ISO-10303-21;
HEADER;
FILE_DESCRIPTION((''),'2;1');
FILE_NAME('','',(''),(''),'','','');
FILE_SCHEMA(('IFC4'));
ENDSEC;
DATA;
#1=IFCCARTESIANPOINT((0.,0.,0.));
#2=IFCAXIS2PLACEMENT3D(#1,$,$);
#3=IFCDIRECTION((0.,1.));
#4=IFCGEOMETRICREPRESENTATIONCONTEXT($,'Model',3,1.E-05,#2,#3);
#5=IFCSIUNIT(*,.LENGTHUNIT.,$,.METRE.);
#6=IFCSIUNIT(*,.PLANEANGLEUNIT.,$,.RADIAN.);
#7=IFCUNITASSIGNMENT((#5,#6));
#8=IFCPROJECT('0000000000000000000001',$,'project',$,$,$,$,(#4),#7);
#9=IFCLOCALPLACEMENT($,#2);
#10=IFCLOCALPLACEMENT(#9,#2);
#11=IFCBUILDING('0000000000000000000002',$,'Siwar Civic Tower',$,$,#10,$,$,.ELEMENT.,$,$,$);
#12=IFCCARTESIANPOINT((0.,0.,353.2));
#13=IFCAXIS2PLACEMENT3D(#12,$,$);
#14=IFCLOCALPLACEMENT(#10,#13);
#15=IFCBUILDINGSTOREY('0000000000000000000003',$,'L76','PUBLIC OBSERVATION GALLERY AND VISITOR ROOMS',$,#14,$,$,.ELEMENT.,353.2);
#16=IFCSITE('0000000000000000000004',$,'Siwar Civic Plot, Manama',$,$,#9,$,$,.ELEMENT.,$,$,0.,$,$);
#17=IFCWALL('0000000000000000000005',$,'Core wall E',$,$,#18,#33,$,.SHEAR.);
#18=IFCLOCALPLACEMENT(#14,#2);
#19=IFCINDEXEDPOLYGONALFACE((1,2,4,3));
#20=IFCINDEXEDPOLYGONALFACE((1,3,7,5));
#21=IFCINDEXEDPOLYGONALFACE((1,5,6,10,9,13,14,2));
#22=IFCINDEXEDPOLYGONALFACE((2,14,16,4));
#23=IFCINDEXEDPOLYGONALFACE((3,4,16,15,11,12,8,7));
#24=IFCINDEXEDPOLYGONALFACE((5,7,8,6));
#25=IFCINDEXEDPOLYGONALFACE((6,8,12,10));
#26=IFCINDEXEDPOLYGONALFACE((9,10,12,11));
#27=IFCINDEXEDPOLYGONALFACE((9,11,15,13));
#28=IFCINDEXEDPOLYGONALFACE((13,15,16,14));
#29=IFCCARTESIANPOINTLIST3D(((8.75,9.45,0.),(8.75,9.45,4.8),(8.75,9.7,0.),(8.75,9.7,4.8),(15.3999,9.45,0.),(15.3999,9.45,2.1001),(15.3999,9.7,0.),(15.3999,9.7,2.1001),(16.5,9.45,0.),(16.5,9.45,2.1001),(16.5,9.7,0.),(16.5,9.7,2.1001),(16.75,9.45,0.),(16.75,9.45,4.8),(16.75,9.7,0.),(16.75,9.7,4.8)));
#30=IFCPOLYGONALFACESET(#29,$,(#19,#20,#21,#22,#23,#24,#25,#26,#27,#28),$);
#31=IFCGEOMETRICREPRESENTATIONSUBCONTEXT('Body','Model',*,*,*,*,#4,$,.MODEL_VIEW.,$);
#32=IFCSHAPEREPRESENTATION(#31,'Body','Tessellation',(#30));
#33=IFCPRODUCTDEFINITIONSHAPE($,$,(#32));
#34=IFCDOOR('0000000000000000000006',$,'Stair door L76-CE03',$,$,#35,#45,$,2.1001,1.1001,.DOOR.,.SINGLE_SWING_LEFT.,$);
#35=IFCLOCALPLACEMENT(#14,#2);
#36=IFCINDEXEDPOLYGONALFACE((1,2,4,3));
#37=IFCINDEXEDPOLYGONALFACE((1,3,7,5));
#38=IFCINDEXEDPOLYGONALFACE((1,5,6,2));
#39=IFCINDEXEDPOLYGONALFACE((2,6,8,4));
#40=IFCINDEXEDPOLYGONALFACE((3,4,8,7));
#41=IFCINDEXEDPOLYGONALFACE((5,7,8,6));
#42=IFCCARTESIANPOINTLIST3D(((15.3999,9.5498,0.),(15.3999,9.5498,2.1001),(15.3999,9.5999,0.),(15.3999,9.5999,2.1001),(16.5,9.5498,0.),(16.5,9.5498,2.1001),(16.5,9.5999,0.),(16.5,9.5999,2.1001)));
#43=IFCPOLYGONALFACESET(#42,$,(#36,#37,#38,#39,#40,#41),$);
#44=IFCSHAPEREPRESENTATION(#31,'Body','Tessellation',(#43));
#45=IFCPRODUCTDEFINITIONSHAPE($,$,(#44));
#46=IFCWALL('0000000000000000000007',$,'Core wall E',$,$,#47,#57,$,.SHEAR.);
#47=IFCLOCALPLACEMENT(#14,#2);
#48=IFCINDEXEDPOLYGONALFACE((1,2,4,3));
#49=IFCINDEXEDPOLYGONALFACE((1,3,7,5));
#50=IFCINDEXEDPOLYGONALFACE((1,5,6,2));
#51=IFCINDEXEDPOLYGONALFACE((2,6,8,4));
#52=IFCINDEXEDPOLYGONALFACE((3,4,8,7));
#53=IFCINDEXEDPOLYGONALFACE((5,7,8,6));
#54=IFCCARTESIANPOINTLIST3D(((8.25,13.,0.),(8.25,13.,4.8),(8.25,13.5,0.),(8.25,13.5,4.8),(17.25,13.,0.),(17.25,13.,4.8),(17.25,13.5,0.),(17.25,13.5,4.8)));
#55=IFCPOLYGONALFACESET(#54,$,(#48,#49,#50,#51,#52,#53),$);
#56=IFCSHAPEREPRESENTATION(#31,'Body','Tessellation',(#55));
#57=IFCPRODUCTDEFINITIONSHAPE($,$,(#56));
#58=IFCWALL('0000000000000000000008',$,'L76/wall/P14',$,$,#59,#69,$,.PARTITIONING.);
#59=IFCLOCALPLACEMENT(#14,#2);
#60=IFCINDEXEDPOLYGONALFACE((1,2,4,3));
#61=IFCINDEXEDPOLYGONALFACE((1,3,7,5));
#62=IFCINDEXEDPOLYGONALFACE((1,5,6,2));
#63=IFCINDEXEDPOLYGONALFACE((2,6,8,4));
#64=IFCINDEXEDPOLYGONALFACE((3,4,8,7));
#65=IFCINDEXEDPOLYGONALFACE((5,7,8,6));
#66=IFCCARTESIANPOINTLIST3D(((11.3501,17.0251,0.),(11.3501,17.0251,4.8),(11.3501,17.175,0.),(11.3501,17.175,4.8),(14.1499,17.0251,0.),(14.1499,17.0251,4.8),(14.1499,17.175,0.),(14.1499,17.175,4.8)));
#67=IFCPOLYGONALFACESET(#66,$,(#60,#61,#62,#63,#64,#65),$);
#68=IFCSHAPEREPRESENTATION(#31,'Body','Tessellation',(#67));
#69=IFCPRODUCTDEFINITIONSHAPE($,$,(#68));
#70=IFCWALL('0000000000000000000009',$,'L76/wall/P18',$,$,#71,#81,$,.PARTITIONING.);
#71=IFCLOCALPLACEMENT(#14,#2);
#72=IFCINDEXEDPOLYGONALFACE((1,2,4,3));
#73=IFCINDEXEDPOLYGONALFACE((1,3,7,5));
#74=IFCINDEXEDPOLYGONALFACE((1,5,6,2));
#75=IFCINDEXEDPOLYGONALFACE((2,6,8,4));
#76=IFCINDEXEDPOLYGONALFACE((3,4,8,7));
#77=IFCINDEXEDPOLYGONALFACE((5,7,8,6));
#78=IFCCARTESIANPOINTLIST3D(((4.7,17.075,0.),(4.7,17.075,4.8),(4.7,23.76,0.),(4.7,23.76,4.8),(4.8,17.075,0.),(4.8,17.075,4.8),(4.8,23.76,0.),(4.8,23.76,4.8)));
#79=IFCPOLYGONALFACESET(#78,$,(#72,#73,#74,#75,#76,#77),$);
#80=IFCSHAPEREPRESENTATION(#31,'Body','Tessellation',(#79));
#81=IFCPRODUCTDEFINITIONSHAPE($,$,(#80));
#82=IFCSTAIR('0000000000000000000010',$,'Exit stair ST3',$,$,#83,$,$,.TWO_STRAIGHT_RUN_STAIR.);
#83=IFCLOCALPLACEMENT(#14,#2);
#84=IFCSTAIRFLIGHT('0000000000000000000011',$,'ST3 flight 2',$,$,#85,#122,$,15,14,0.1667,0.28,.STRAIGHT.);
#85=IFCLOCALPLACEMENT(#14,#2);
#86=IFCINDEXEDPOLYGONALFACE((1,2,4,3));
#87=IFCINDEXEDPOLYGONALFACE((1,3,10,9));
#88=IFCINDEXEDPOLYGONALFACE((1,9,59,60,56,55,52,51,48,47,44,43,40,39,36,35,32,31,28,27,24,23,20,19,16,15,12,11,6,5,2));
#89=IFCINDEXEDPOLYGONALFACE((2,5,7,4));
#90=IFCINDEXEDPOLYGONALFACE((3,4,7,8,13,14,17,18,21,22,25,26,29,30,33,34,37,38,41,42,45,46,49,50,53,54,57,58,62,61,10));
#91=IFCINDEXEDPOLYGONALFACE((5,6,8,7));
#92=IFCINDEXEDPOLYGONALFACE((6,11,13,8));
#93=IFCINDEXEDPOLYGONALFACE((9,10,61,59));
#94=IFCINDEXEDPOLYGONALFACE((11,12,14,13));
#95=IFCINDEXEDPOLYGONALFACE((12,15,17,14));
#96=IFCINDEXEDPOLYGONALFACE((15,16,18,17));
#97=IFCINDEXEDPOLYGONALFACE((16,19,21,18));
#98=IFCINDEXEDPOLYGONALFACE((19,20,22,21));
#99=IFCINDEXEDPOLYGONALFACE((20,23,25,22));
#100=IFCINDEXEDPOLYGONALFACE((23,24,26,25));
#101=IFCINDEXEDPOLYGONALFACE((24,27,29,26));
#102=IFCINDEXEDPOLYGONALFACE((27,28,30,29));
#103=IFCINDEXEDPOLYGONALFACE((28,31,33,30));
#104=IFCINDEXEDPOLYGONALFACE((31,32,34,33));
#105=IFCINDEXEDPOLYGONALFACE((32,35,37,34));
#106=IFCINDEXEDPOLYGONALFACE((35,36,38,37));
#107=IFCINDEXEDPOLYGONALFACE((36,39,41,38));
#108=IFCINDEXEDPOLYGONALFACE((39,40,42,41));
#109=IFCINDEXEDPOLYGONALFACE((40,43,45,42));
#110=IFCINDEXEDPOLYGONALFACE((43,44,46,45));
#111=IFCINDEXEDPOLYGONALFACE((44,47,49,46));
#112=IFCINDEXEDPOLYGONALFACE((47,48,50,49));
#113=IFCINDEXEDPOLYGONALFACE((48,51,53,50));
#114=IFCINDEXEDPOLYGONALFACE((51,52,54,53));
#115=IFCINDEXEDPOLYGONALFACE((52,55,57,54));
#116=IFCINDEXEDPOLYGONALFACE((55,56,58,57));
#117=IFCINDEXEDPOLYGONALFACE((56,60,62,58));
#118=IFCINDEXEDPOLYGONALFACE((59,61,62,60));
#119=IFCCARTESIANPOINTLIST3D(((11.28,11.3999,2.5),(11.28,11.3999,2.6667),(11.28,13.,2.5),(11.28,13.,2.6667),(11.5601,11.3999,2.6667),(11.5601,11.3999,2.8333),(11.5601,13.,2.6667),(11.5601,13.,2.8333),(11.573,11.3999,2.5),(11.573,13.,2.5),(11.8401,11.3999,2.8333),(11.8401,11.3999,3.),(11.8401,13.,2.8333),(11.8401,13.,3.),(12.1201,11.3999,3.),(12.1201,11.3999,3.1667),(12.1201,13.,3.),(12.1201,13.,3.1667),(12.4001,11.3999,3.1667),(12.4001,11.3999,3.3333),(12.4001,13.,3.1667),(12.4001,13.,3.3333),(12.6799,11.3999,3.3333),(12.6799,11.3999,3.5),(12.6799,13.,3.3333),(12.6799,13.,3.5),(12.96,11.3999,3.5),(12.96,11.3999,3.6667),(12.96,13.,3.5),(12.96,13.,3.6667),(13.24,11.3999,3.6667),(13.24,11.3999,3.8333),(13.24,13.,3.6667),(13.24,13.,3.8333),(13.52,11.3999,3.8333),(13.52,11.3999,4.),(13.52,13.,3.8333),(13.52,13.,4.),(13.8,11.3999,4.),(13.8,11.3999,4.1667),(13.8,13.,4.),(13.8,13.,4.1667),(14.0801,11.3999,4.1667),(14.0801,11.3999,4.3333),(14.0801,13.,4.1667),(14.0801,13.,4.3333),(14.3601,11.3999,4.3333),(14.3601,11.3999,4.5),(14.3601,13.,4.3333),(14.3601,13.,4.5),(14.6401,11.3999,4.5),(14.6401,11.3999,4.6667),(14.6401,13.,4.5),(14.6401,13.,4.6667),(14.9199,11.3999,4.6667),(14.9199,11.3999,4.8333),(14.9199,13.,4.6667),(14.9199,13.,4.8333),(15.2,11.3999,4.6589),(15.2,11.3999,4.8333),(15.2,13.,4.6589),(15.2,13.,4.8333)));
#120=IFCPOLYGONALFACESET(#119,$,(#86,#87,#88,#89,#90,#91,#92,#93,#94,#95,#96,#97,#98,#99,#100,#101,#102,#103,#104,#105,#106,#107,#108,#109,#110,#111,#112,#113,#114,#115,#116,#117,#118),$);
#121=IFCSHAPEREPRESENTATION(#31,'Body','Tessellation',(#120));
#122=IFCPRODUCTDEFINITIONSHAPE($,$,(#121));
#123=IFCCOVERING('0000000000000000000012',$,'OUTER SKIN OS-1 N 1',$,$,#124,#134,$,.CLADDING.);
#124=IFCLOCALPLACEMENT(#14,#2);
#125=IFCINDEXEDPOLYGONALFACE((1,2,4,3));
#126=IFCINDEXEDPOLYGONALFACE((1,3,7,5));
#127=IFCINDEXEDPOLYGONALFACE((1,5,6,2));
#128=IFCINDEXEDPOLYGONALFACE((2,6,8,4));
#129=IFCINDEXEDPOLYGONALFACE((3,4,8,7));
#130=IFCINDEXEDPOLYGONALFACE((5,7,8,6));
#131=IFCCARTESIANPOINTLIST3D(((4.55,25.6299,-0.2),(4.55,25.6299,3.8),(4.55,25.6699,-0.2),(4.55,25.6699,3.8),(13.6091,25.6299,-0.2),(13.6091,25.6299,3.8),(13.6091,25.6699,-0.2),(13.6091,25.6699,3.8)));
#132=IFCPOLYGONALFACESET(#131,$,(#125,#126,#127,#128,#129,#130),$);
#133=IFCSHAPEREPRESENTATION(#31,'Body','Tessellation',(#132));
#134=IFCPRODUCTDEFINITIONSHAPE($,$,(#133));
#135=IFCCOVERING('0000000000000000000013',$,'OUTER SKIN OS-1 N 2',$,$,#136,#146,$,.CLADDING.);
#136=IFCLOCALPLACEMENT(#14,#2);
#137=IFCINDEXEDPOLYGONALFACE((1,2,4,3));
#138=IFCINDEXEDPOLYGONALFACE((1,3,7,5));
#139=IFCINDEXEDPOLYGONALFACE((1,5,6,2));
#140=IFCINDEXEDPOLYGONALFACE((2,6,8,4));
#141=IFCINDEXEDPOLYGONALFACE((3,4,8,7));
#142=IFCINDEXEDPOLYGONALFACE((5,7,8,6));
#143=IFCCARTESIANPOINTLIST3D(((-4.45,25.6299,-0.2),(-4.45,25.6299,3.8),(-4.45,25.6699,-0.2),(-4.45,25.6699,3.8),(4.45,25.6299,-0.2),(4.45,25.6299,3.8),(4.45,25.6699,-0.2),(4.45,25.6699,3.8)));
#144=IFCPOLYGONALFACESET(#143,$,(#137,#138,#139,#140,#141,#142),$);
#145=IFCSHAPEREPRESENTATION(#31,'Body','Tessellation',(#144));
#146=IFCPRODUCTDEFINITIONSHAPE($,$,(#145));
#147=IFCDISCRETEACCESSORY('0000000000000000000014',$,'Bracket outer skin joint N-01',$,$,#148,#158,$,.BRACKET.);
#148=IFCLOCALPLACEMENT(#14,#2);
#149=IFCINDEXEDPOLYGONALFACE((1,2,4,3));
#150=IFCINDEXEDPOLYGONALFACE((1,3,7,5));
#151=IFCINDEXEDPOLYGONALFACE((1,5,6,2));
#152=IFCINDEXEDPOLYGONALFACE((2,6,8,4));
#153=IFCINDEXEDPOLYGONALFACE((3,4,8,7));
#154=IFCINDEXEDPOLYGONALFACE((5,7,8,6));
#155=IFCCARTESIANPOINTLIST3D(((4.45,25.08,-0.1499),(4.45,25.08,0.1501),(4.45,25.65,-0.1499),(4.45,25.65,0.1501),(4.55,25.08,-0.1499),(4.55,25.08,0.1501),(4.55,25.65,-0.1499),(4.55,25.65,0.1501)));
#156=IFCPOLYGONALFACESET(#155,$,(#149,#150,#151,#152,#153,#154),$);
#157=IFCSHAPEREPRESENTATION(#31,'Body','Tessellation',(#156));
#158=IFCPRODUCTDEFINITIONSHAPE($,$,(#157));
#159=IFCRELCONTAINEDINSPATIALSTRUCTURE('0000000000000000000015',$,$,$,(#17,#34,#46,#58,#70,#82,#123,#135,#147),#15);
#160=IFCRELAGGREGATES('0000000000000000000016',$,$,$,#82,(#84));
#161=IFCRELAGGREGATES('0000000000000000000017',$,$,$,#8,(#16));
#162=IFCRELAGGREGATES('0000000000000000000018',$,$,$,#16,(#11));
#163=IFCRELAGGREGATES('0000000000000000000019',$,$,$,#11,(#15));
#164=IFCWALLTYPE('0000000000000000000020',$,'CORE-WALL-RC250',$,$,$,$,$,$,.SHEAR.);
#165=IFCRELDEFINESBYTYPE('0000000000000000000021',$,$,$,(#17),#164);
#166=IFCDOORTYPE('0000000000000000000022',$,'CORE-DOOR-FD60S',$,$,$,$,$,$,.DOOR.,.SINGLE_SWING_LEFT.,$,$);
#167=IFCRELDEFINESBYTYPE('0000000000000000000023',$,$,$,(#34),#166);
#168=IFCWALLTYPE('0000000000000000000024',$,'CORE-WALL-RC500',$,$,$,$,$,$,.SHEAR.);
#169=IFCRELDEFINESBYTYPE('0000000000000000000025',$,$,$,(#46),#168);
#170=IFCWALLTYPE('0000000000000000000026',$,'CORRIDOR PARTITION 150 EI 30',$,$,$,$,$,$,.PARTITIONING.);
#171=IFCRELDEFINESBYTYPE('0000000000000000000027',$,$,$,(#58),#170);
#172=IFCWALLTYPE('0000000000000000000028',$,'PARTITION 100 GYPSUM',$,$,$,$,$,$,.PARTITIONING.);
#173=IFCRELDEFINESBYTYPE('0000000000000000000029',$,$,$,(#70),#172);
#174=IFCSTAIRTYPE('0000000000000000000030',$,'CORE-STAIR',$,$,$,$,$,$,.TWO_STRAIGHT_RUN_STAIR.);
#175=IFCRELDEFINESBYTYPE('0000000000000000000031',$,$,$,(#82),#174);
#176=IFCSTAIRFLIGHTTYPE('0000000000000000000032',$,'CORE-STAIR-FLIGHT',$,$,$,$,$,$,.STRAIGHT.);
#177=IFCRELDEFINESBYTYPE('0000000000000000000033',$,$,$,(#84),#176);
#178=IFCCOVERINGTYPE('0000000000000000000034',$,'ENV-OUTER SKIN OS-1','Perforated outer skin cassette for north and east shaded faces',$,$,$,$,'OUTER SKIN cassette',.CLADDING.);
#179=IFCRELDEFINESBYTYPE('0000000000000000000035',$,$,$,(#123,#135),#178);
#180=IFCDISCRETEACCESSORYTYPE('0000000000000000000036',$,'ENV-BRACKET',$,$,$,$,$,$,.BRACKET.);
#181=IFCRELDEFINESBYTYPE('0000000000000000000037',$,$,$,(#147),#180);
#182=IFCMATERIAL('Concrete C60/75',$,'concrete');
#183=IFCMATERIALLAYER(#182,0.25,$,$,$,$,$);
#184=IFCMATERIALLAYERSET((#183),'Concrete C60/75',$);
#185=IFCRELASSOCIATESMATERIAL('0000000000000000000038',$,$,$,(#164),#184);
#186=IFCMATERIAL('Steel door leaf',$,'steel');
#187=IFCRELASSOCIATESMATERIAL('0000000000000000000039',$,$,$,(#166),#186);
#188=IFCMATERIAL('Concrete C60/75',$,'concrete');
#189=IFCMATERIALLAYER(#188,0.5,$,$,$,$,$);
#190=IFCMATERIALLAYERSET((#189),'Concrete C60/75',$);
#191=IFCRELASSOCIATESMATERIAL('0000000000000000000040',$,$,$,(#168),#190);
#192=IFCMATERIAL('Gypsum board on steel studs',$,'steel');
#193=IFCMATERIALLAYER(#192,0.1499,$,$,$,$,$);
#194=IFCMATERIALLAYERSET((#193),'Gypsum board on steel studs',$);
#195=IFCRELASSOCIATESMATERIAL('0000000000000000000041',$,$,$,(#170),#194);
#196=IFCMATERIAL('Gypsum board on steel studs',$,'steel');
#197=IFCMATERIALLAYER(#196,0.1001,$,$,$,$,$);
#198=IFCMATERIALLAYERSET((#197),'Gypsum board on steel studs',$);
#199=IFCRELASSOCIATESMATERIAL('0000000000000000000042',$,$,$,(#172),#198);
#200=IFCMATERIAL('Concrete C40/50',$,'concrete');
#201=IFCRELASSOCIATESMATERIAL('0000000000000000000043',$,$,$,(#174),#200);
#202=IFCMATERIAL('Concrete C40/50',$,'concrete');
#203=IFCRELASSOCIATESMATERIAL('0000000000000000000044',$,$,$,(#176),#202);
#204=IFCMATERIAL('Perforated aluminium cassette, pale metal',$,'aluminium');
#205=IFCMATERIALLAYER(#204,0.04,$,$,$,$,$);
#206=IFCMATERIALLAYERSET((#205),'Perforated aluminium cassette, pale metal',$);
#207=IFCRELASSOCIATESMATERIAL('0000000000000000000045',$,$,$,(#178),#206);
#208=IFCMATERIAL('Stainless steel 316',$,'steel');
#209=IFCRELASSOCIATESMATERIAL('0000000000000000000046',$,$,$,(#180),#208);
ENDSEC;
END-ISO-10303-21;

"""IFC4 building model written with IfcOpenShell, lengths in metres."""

from ifc_helpers import new_model, si_unit, direction, frame, frame_2d, origin, origin_2d, place, context, subcontext, project, spatial, polyline, rectangle, outline, extrude, material, layer, layer_set, type_object, element, fill, aggregate, save


model = new_model("IFC4")

# Units and contexts
model_context = context("Model", 3, precision=1e-05, world=origin(), true_north=direction((0.0, 1.0)))
body_context = subcontext(model_context, "Body", "Model", "MODEL_VIEW")
ifc_project = project(units=[si_unit("LENGTHUNIT", "METRE"), si_unit("PLANEANGLEUNIT", "RADIAN")], contexts=[model_context])

# Site, building, storey
site_placement = place(None, origin())
site = spatial("IfcSite", under=ifc_project, at=site_placement, Name="Siwar Civic Plot, Manama", CompositionType="ELEMENT", RefElevation=0.0)
building_placement = place(site_placement, origin())
building = spatial("IfcBuilding", under=site, at=building_placement, Name="Siwar Civic Tower", CompositionType="ELEMENT")
storey_placement = place(building_placement, frame((0.0, 0.0, 353.2)))
storey = spatial("IfcBuildingStorey", under=building, at=storey_placement, Name="L76", Description="PUBLIC OBSERVATION GALLERY AND VISITOR ROOMS", CompositionType="ELEMENT", Elevation=353.2)

# Wall, opening, door
ifc_material_1 = material(Name="Concrete C60/75", Category="concrete")
ifc_layer_1 = layer(ifc_material_1, 0.25)
ifc_layer_set_1 = layer_set([ifc_layer_1], Name="Concrete C60/75")
wall_type_1 = type_object("IfcWallType", Name="CORE-WALL-RC250", PredefinedType="SHEAR", material=ifc_layer_set_1)
wall_1_placement = place(storey_placement, frame((8.75, 9.575, 0.0), z_axis=(0.0, 0.0, 1.0), x_axis=(1.0, 0.0, 0.0)))
wall_1 = element("IfcWall", 1, at=wall_1_placement, inside=storey, type_object=wall_type_1, Name="Core wall E", PredefinedType="SHEAR", context=body_context, shape_type="SweptSolid", body=[
    extrude(rectangle(XDim=8.0, YDim=0.25, at=frame_2d((4.0, 0.0))), origin(), (0.0, 0.0, 1.0), 4.8),
])
opening_1_placement = place(wall_1_placement, frame((6.6499, 0.0, 0.0)))
opening_1 = element("IfcOpeningElement", 2, at=opening_1_placement, cuts=wall_1, PredefinedType="OPENING", context=body_context, shape_type="SweptSolid", body=[
    extrude(rectangle(XDim=1.1001, YDim=2.1001, at=frame_2d((0.55, 1.05))), frame((0.0, 0.135, 0.0), z_axis=(0.0, -1.0, 0.0), x_axis=(1.0, 0.0, 0.0)), (0.0, 0.0, 1.0), 0.27),
])
ifc_material_2 = material(Name="Steel door leaf", Category="steel")
door_type_1 = type_object("IfcDoorType", Name="CORE-DOOR-FD60S", OperationType="SINGLE_SWING_LEFT", PredefinedType="DOOR", material=ifc_material_2)
door_1_placement = place(opening_1_placement, origin())
door_1 = element("IfcDoor", 3, at=door_1_placement, inside=storey, type_object=door_type_1, Name="Stair door L76-CE03", OperationType="SINGLE_SWING_LEFT", OverallHeight=2.1001, OverallWidth=1.1001, PredefinedType="DOOR", context=body_context, shape_type="SweptSolid", body=[
    extrude(rectangle(XDim=1.1001, YDim=2.1001, at=frame_2d((0.55, 1.05))), frame((0.0, 0.0249, 0.0), z_axis=(0.0, -1.0, 0.0), x_axis=(1.0, 0.0, 0.0)), (0.0, 0.0, 1.0), 0.05),
])
fill(opening_1, door_1)

# Walls
ifc_material_3 = material(Name="Concrete C60/75", Category="concrete")
ifc_layer_2 = layer(ifc_material_3, 0.5)
ifc_layer_set_2 = layer_set([ifc_layer_2], Name="Concrete C60/75")
wall_type_2 = type_object("IfcWallType", Name="CORE-WALL-RC500", PredefinedType="SHEAR", material=ifc_layer_set_2)
wall_2_placement = place(storey_placement, frame((8.25, 13.25, 0.0), z_axis=(0.0, 0.0, 1.0), x_axis=(1.0, 0.0, 0.0)))
element("IfcWall", 4, at=wall_2_placement, inside=storey, type_object=wall_type_2, Name="Core wall E", PredefinedType="SHEAR", context=body_context, shape_type="SweptSolid", body=[
    extrude(rectangle(XDim=9.0, YDim=0.5, at=frame_2d((4.5, 0.0))), origin(), (0.0, 0.0, 1.0), 4.8),
])
ifc_material_4 = material(Name="Gypsum board on steel studs", Category="steel")
ifc_layer_3 = layer(ifc_material_4, 0.1499)
ifc_layer_set_3 = layer_set([ifc_layer_3], Name="Gypsum board on steel studs")
wall_type_3 = type_object("IfcWallType", Name="CORRIDOR PARTITION 150 EI 30", PredefinedType="PARTITIONING", material=ifc_layer_set_3)
wall_3_placement = place(storey_placement, frame((11.3501, 17.1001, 0.0), z_axis=(0.0, 0.0, 1.0), x_axis=(1.0, 0.0, 0.0)))
element("IfcWall", 5, at=wall_3_placement, inside=storey, type_object=wall_type_3, Name="L76/wall/P14", PredefinedType="PARTITIONING", context=body_context, shape_type="SweptSolid", body=[
    extrude(rectangle(XDim=2.7998, YDim=0.1499, at=frame_2d((1.3999, 0.0))), origin(), (0.0, 0.0, 1.0), 4.8),
])
ifc_material_5 = material(Name="Gypsum board on steel studs", Category="steel")
ifc_layer_4 = layer(ifc_material_5, 0.1001)
ifc_layer_set_4 = layer_set([ifc_layer_4], Name="Gypsum board on steel studs")
wall_type_4 = type_object("IfcWallType", Name="PARTITION 100 GYPSUM", PredefinedType="PARTITIONING", material=ifc_layer_set_4)
wall_4_placement = place(storey_placement, frame((4.75, 17.075, 0.0), z_axis=(0.0, 0.0, 1.0), x_axis=(0.0, 1.0, 0.0)))
element("IfcWall", 6, at=wall_4_placement, inside=storey, type_object=wall_type_4, Name="L76/wall/P18", PredefinedType="PARTITIONING", context=body_context, shape_type="SweptSolid", body=[
    extrude(rectangle(XDim=6.6851, YDim=0.1001, at=frame_2d((3.3425, 0.0))), origin(), (0.0, 0.0, 1.0), 4.8),
])

# Stair, stair flight
ifc_material_6 = material(Name="Concrete C40/50", Category="concrete")
stair_type = type_object("IfcStairType", Name="CORE-STAIR", PredefinedType="TWO_STRAIGHT_RUN_STAIR", material=ifc_material_6)
stair_placement = place(storey_placement, origin())
stair = element("IfcStair", 7, at=stair_placement, inside=storey, type_object=stair_type, Name="Exit stair ST3", PredefinedType="TWO_STRAIGHT_RUN_STAIR")
ifc_material_7 = material(Name="Concrete C40/50", Category="concrete")
stair_flight_type = type_object("IfcStairFlightType", Name="CORE-STAIR-FLIGHT", PredefinedType="STRAIGHT", material=ifc_material_7)
stair_flight_placement = place(storey_placement, frame((11.28, 12.2, 2.5), z_axis=(0.0, 0.0, 1.0), x_axis=(1.0, 0.0, 0.0)))
stair_flight = element("IfcStairFlight", 8, at=stair_flight_placement, type_object=stair_flight_type, Name="ST3 flight 2", NumberOfRisers=15, NumberOfTreads=14, PredefinedType="STRAIGHT", RiserHeight=0.1667, TreadLength=0.28, context=body_context, shape_type="SweptSolid", body=[
    extrude(outline(polyline([(0.0, 0.0), (0.0, 0.1667), (0.28, 0.1667), (0.28, 0.3333), (0.5601, 0.3333), (0.5601, 0.5), (0.8401, 0.5), (0.8401, 0.6667), (1.1201, 0.6667), (1.1201, 0.8333), (1.3999, 0.8333), (1.3999, 1.0), (1.6799, 1.0), (1.6799, 1.1667), (1.96, 1.1667), (1.96, 1.3333), (2.24, 1.3333), (2.24, 1.5), (2.52, 1.5), (2.52, 1.6667), (2.8, 1.6667), (2.8, 1.8333), (3.0801, 1.8333), (3.0801, 2.0), (3.3601, 2.0), (3.3601, 2.1667), (3.6399, 2.1667), (3.6399, 2.3333), (3.9199, 2.3333), (3.9199, 2.5), (3.9199, 2.1589), (0.293, 0.0), (0.0, 0.0)])), frame((0.0, 0.8, 0.0), z_axis=(0.0, -1.0, 0.0), x_axis=(1.0, 0.0, 0.0)), (0.0, 0.0, 1.0), 1.6001),
])
aggregate(stair, [stair_flight])

# Coverings
ifc_material_8 = material(Name="Perforated aluminium cassette, pale metal", Category="aluminium")
ifc_layer_5 = layer(ifc_material_8, 0.04)
ifc_layer_set_5 = layer_set([ifc_layer_5], Name="Perforated aluminium cassette, pale metal")
covering_type = type_object("IfcCoveringType", Name="ENV-OUTER SKIN OS-1", Description="Perforated outer skin cassette for north and east shaded faces", ElementType="OUTER SKIN cassette", PredefinedType="CLADDING", material=ifc_layer_set_5)
covering_1_placement = place(storey_placement, frame((9.0796, 25.6499, -0.2), z_axis=(0.0, 0.0, 1.0), x_axis=(-1.0, 0.0, 0.0)))
element("IfcCovering", 9, at=covering_1_placement, inside=storey, type_object=covering_type, Name="OUTER SKIN OS-1 N 1", PredefinedType="CLADDING", context=body_context, shape_type="SweptSolid", body=[
    extrude(rectangle(XDim=9.0591, YDim=0.04, at=origin_2d()), origin(), (0.0, 0.0, 1.0), 4.0),
])
covering_2_placement = place(storey_placement, frame((0.0, 25.6499, -0.2), z_axis=(0.0, 0.0, 1.0), x_axis=(-1.0, 0.0, 0.0)))
element("IfcCovering", 10, at=covering_2_placement, inside=storey, type_object=covering_type, Name="OUTER SKIN OS-1 N 2", PredefinedType="CLADDING", context=body_context, shape_type="SweptSolid", body=[
    extrude(rectangle(XDim=8.8999, YDim=0.04, at=origin_2d()), origin(), (0.0, 0.0, 1.0), 4.0),
])

# Discrete accessory
ifc_material_9 = material(Name="Stainless steel 316", Category="steel")
discrete_accessory_type = type_object("IfcDiscreteAccessoryType", Name="ENV-BRACKET", PredefinedType="BRACKET", material=ifc_material_9)
discrete_accessory_placement = place(storey_placement, frame((4.5, 25.365, -0.1499), z_axis=(0.0, 0.0, 1.0), x_axis=(0.0, 1.0, 0.0)))
element("IfcDiscreteAccessory", 11, at=discrete_accessory_placement, inside=storey, type_object=discrete_accessory_type, Name="Bracket outer skin joint N-01", PredefinedType="BRACKET", context=body_context, shape_type="SweptSolid", body=[
    extrude(rectangle(XDim=0.5701, YDim=0.1001, at=origin_2d()), origin(), (0.0, 0.0, 1.0), 0.3),
])

save(model, "model.ifc")
